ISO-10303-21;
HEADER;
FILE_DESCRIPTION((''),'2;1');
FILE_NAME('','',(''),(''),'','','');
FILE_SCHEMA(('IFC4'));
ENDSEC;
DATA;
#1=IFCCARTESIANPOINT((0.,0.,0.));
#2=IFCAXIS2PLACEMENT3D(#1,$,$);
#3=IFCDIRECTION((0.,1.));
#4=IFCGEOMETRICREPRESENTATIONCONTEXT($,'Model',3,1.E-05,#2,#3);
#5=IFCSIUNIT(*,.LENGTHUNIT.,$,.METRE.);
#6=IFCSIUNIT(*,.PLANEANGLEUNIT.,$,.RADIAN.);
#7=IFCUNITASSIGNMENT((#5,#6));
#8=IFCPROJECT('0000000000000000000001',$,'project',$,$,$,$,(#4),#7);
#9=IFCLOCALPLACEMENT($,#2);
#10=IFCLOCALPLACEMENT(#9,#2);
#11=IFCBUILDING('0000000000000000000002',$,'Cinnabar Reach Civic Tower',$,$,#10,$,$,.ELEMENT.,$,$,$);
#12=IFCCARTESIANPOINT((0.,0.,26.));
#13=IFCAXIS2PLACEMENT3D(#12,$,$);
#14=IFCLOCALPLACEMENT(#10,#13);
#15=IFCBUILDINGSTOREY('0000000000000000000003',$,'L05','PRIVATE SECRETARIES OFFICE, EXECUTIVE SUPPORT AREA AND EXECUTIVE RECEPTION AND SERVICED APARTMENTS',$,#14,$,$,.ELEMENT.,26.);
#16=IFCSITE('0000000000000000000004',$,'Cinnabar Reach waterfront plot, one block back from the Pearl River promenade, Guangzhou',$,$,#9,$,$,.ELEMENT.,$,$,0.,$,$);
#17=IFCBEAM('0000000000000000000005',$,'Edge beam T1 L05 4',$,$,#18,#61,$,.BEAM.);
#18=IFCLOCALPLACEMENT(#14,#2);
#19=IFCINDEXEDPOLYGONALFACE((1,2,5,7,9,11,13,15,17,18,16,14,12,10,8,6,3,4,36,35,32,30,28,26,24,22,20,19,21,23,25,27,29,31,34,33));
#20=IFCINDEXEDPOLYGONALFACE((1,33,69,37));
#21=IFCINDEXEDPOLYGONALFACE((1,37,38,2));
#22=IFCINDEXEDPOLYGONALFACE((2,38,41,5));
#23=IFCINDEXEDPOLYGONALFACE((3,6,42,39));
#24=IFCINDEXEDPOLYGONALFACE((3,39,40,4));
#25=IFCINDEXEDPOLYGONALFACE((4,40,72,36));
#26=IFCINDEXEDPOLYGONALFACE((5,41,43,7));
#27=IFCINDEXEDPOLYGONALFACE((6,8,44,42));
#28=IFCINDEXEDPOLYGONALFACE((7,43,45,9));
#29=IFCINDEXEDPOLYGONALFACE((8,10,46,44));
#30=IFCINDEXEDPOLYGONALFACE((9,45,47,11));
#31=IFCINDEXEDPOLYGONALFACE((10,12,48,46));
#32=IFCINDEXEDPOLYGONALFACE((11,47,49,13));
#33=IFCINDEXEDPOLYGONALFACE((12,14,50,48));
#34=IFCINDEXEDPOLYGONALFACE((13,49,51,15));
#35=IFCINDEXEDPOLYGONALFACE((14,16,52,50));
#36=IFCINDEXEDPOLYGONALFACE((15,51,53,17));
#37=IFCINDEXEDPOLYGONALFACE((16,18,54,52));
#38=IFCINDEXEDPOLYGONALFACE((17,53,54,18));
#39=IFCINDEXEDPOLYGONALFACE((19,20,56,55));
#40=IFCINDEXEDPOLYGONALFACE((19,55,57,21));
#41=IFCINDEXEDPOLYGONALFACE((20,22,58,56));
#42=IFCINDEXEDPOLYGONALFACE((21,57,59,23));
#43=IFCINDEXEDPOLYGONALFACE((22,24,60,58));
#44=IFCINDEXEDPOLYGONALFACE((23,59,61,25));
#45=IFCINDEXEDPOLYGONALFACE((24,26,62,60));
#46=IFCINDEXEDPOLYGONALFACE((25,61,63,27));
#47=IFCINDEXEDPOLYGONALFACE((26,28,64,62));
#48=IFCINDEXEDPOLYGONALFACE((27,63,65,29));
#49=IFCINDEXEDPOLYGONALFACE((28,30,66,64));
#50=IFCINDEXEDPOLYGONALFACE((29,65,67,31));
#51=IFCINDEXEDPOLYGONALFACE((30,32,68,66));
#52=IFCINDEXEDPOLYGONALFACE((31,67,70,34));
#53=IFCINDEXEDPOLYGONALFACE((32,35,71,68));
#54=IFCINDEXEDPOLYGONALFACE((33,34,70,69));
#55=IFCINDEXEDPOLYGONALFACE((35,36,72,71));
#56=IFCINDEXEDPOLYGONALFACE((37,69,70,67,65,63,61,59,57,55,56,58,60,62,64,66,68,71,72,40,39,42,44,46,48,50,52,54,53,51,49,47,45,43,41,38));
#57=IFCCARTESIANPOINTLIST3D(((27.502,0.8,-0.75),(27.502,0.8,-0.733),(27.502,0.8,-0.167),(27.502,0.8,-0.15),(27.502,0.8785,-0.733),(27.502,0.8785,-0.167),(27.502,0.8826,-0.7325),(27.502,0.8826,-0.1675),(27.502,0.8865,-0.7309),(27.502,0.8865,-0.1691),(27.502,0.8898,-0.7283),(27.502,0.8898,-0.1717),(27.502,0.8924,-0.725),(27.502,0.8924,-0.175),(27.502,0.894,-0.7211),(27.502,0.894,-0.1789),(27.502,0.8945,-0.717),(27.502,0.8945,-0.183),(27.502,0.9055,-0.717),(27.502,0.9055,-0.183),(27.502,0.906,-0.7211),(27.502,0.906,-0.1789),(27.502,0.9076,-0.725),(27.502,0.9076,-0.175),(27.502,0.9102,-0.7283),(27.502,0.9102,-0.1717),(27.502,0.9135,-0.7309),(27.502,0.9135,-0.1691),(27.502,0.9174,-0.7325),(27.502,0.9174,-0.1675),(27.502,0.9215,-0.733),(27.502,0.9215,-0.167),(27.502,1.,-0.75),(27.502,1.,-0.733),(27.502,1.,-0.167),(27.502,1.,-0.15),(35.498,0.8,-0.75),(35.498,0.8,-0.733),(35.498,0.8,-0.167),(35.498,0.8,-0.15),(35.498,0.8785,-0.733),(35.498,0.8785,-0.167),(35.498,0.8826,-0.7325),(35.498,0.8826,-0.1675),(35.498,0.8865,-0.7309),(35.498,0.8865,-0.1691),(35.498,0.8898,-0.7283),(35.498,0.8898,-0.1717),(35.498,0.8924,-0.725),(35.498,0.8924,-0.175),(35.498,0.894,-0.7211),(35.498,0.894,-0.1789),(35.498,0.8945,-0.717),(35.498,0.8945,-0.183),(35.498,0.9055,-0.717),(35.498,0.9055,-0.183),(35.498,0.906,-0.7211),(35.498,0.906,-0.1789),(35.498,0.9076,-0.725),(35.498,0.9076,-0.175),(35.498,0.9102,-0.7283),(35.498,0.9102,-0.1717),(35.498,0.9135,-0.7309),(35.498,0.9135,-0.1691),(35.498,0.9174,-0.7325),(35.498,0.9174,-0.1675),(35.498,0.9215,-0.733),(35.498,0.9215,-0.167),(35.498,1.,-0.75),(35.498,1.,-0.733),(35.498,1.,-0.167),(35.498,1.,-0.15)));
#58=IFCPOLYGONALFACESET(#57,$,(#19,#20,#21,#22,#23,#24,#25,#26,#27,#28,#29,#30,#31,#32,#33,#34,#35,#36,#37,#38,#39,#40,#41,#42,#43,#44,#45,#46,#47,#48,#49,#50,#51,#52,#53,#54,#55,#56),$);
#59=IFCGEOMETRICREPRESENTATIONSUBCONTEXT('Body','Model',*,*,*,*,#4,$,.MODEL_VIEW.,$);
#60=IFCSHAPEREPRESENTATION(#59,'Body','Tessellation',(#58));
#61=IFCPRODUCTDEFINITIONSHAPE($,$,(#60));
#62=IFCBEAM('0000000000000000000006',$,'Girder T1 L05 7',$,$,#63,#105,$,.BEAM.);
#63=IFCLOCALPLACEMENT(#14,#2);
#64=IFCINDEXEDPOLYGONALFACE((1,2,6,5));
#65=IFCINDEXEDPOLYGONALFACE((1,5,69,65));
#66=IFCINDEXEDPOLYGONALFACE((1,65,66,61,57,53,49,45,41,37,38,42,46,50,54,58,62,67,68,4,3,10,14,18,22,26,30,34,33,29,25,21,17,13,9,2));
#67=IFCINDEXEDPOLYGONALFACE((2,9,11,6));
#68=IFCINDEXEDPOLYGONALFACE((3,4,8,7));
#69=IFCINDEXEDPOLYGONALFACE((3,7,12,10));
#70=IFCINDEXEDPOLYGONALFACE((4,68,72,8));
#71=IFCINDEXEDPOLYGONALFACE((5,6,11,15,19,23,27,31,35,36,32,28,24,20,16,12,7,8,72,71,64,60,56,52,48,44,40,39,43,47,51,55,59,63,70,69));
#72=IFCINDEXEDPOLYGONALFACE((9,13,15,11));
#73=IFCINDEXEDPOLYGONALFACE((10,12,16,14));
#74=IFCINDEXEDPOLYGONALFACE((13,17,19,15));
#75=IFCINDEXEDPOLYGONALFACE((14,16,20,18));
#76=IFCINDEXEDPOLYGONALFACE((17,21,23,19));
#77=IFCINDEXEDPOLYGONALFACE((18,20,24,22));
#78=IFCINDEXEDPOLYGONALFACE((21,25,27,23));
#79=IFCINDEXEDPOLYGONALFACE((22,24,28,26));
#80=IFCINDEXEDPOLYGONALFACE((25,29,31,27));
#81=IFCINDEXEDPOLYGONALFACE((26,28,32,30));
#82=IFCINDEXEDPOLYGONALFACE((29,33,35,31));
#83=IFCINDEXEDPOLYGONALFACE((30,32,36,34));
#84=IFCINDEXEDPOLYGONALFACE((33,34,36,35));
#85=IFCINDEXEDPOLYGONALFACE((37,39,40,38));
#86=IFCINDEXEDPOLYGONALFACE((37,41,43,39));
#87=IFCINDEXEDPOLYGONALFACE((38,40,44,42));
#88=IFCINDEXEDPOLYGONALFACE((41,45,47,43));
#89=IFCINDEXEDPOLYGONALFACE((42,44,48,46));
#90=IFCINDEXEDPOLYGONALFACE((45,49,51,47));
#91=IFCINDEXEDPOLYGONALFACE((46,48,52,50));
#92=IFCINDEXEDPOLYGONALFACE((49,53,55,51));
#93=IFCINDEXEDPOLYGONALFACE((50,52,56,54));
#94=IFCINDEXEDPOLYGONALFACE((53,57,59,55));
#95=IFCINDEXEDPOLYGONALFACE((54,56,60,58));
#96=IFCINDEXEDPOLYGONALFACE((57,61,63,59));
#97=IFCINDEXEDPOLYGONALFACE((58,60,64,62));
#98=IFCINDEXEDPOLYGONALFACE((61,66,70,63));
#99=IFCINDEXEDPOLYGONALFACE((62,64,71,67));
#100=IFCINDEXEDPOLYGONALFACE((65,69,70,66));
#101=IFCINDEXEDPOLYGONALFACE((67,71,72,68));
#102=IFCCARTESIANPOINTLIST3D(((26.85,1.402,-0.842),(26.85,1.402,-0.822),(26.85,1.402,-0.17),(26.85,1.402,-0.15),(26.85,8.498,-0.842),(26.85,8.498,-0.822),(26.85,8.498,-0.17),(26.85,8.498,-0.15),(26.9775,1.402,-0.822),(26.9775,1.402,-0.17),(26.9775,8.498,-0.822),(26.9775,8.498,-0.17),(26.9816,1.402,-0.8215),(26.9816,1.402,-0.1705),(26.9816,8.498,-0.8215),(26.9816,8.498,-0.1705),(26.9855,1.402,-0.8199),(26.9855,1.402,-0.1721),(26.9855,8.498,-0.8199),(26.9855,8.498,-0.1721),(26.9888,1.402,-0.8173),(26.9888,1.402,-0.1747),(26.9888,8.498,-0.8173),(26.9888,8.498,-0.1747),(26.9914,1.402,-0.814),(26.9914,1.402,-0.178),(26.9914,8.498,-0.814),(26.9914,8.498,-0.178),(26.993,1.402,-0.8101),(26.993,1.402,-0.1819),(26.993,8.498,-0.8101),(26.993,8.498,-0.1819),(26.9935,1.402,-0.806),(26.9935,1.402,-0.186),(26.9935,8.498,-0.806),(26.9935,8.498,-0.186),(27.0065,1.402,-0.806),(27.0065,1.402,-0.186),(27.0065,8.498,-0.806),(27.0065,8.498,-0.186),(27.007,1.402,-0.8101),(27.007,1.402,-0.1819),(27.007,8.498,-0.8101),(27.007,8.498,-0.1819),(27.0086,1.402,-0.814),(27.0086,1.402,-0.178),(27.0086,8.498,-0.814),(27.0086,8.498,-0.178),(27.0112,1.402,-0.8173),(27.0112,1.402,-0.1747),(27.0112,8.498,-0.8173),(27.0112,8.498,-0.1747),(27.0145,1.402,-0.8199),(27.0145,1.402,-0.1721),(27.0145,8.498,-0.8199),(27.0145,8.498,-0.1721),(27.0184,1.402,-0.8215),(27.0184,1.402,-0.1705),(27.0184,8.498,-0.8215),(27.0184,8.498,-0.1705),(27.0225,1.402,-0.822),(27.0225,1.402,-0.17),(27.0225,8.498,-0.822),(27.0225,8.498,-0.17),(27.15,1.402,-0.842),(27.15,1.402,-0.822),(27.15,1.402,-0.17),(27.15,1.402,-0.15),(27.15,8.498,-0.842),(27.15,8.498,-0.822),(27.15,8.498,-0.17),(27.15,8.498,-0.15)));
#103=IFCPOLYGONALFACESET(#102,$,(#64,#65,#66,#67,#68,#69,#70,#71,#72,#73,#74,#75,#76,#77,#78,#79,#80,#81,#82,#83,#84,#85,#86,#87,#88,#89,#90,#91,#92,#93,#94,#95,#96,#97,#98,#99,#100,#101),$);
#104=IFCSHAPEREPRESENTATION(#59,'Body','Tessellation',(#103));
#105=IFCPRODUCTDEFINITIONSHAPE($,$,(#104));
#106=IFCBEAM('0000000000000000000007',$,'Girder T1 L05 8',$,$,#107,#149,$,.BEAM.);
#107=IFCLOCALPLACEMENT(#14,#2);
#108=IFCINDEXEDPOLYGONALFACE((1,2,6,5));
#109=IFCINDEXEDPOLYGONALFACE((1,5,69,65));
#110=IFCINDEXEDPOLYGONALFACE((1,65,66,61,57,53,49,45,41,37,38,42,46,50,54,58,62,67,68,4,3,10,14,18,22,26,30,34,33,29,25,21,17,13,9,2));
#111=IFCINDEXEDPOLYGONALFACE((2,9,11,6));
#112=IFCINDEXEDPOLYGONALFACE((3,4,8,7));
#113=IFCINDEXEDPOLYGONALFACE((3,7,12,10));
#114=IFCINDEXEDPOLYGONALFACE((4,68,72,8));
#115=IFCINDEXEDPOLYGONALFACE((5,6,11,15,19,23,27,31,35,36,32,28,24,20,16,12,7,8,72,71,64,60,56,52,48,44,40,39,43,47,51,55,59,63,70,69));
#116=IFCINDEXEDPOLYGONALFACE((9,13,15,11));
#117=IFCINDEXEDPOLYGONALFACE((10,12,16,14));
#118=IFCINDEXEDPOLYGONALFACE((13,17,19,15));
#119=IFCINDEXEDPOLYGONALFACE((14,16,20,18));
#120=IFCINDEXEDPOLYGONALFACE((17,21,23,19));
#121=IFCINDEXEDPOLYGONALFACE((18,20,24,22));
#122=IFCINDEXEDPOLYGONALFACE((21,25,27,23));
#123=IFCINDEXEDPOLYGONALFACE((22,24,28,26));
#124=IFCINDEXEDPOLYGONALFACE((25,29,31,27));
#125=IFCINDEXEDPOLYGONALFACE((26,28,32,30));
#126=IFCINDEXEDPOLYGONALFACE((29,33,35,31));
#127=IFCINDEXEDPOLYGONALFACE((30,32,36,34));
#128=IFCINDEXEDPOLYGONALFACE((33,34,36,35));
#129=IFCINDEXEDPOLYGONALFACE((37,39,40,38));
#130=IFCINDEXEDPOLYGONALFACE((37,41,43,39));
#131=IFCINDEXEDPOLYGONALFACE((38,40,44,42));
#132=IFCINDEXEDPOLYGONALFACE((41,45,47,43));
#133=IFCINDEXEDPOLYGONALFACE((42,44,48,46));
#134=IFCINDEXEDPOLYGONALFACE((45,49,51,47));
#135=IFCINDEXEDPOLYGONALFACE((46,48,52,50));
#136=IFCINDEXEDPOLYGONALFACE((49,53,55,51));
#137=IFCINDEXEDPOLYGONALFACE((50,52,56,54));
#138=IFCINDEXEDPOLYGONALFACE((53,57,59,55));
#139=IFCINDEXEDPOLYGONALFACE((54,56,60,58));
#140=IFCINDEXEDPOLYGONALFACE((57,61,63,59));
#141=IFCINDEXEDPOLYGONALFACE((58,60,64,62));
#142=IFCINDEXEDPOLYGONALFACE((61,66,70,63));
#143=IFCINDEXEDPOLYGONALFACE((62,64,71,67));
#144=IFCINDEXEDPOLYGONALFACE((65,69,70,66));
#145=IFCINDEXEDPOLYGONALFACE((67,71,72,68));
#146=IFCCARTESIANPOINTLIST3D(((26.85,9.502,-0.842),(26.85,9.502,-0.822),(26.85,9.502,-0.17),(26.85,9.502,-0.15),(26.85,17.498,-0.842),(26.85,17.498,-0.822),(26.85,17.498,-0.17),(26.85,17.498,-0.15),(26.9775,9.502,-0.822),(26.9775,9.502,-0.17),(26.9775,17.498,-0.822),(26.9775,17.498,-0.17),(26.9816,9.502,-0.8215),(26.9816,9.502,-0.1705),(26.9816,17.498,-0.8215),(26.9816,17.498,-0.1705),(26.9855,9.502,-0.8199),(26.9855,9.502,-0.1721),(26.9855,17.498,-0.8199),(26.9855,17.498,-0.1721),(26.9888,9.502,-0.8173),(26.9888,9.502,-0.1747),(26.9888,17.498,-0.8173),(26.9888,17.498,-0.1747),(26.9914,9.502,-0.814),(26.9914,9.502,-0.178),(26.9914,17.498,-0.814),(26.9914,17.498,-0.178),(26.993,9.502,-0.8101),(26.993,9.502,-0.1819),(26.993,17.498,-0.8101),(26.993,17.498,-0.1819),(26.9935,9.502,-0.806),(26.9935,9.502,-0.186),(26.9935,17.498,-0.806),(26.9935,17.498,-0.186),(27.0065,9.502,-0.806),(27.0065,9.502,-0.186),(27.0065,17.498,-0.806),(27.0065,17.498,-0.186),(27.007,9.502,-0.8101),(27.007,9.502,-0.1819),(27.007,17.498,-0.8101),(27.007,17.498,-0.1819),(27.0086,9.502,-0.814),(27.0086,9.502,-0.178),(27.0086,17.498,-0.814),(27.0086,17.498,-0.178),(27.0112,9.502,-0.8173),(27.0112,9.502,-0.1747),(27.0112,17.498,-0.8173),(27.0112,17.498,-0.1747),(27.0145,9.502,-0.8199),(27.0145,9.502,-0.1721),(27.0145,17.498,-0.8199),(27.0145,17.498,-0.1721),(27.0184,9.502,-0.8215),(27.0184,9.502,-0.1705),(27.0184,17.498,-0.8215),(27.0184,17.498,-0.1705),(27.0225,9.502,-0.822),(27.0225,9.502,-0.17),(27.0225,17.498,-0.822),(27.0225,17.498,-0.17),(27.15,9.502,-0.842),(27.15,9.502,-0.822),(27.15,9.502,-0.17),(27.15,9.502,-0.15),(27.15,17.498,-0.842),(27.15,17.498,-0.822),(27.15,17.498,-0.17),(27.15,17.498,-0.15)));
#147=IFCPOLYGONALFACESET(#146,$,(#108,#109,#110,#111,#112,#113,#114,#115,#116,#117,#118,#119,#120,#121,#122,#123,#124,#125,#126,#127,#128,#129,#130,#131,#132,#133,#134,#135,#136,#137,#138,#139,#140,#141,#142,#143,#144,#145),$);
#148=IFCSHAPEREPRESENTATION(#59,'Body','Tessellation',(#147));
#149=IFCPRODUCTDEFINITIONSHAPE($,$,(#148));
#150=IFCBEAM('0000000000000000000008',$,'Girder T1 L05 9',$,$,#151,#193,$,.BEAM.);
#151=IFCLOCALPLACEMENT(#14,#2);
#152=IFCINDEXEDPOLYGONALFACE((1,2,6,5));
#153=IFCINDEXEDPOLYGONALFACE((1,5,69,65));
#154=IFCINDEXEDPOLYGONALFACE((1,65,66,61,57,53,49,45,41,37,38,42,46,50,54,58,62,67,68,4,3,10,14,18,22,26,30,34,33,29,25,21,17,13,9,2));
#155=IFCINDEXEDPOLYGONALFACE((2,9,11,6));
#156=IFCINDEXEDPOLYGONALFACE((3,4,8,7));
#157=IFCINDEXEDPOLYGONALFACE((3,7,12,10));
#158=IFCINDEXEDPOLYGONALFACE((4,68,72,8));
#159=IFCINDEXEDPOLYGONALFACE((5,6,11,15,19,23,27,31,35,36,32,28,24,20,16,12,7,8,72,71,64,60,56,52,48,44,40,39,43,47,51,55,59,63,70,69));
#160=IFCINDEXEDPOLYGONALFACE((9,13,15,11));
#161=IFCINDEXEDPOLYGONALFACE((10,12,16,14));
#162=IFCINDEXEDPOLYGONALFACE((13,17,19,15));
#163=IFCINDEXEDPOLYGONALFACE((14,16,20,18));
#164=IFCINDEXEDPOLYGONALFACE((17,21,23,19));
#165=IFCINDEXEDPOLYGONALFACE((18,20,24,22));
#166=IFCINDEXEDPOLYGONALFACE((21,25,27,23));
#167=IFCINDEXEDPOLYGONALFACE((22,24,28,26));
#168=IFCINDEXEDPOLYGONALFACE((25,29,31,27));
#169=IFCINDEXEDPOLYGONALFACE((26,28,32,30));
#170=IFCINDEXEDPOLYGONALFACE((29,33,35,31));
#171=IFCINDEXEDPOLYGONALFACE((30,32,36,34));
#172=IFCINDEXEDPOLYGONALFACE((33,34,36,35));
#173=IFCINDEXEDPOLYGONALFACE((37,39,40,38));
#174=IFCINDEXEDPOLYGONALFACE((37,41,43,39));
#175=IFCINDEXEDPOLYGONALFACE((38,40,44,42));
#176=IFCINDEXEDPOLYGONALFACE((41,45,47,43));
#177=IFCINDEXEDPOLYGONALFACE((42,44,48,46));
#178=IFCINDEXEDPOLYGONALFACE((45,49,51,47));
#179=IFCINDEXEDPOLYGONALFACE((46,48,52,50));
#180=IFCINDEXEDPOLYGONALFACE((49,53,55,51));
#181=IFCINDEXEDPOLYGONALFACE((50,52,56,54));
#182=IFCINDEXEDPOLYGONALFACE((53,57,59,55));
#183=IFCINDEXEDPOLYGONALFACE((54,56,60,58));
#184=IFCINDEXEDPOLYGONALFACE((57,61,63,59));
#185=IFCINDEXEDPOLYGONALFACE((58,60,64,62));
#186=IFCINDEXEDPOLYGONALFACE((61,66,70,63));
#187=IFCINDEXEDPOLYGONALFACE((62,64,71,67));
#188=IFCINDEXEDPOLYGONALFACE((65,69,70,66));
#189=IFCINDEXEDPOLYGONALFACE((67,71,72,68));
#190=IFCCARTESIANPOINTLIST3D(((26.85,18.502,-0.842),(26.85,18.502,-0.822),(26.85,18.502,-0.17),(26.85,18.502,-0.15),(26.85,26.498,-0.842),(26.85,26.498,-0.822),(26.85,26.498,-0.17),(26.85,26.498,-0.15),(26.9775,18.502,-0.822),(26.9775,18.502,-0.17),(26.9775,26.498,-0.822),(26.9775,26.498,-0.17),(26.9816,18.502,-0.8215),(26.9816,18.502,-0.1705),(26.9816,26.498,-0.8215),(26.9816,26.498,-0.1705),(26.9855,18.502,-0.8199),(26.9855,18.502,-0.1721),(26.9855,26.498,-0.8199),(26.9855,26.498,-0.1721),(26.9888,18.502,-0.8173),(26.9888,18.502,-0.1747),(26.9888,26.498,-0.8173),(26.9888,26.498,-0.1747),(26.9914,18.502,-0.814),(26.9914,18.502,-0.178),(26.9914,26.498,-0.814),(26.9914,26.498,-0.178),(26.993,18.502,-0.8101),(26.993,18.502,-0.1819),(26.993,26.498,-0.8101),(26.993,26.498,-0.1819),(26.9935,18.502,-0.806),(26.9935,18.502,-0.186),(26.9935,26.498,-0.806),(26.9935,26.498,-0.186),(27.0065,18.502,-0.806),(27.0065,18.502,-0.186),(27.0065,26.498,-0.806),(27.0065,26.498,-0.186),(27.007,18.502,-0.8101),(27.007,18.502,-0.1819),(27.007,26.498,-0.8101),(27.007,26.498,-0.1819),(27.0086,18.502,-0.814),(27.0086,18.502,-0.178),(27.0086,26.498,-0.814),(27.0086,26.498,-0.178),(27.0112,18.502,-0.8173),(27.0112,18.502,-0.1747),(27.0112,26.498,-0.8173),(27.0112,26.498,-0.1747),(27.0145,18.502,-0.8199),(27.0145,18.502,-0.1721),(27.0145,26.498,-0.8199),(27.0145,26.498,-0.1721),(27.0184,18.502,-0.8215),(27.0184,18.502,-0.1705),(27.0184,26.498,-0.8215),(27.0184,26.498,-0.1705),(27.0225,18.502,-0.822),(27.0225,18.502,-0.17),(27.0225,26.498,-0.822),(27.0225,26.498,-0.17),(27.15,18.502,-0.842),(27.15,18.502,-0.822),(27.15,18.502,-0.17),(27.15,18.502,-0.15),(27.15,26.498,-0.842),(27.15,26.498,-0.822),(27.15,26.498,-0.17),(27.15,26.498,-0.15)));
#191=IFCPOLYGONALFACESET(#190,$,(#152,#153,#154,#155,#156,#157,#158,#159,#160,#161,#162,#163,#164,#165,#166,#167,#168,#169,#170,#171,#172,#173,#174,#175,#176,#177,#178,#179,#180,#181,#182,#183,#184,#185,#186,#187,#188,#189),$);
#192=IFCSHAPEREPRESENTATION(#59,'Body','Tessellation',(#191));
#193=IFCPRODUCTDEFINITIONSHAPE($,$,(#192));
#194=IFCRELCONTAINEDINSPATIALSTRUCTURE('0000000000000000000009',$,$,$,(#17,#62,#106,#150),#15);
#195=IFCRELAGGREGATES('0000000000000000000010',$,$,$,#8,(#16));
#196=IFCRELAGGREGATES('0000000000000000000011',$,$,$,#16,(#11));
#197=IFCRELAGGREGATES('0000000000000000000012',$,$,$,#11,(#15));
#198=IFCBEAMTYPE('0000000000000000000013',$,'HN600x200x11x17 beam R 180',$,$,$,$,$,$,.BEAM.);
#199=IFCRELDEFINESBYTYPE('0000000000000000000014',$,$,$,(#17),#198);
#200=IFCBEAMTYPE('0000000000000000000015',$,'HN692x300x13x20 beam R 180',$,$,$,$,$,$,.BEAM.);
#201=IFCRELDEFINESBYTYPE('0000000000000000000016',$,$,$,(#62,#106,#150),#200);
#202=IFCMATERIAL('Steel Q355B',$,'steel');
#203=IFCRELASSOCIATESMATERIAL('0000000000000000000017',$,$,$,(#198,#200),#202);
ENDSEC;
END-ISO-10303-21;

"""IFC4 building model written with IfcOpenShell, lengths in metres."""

from ifc_helpers import new_model, si_unit, direction, frame, origin, origin_2d, place, context, subcontext, project, spatial, i_section, extrude, material, material_profile, profile_set, type_object, element, save


model = new_model("IFC4")

# Units and contexts
model_context = context("Model", 3, precision=1e-05, world=origin(), true_north=direction((0.0, 1.0)))
body_context = subcontext(model_context, "Body", "Model", "MODEL_VIEW")
ifc_project = project(units=[si_unit("LENGTHUNIT", "METRE"), si_unit("PLANEANGLEUNIT", "RADIAN")], contexts=[model_context])

# Site, building, storey
site_placement = place(None, origin())
site = spatial("IfcSite", under=ifc_project, at=site_placement, Name="Cinnabar Reach waterfront plot, one block back from the Pearl River promenade, Guangzhou", CompositionType="ELEMENT", RefElevation=0.0)
building_placement = place(site_placement, origin())
building = spatial("IfcBuilding", under=site, at=building_placement, Name="Cinnabar Reach Civic Tower", CompositionType="ELEMENT")
storey_placement = place(building_placement, frame((0.0, 0.0, 26.0)))
storey = spatial("IfcBuildingStorey", under=building, at=storey_placement, Name="L05", Description="PRIVATE SECRETARIES OFFICE, EXECUTIVE SUPPORT AREA AND EXECUTIVE RECEPTION AND SERVICED APARTMENTS", CompositionType="ELEMENT", Elevation=26.0)

# Beams
ifc_material_1 = material(Name="Steel Q355B", Category="steel")
ifc_material_profile_1 = material_profile(ifc_material_1, i_section(OverallWidth=0.2, OverallDepth=0.6, WebThickness=0.011, FlangeThickness=0.017, FilletRadius=0.016, at=origin_2d()), Name="HN600x200x11x17")
ifc_profile_set_1 = profile_set([ifc_material_profile_1], Name="Steel Q355B")
beam_type_1 = type_object("IfcBeamType", Name="HN600x200x11x17 beam R 180", PredefinedType="BEAM", material=ifc_profile_set_1)
beam_1_placement = place(storey_placement, frame((27.502, 0.9, -0.45), z_axis=(1.0, 0.0, 0.0), x_axis=(0.0, 1.0, 0.0)))
element("IfcBeam", 1, at=beam_1_placement, inside=storey, type_object=beam_type_1, Name="Edge beam T1 L05 4", PredefinedType="BEAM", context=body_context, shape_type="SweptSolid", body=[
    extrude(i_section(OverallWidth=0.2, OverallDepth=0.6, WebThickness=0.011, FlangeThickness=0.017, FilletRadius=0.016, at=origin_2d()), origin(), (0.0, 0.0, 1.0), 7.996),
])
ifc_material_profile_2 = material_profile(ifc_material_1, i_section(OverallWidth=0.3, OverallDepth=0.692, WebThickness=0.013, FlangeThickness=0.02, FilletRadius=0.016, at=origin_2d()), Name="HN692x300x13x20")
ifc_profile_set_2 = profile_set([ifc_material_profile_2], Name="Steel Q355B")
beam_type_2 = type_object("IfcBeamType", Name="HN692x300x13x20 beam R 180", PredefinedType="BEAM", material=ifc_profile_set_2)
beam_2_placement = place(storey_placement, frame((27.0, 1.402, -0.496), z_axis=(0.0, 1.0, 0.0), x_axis=(-1.0, 0.0, 0.0)))
element("IfcBeam", 2, at=beam_2_placement, inside=storey, type_object=beam_type_2, Name="Girder T1 L05 7", PredefinedType="BEAM", context=body_context, shape_type="SweptSolid", body=[
    extrude(i_section(OverallWidth=0.3, OverallDepth=0.692, WebThickness=0.013, FlangeThickness=0.02, FilletRadius=0.016, at=origin_2d()), origin(), (0.0, 0.0, 1.0), 7.096),
])
for number, where, z_axis, x_axis, name in (
    (3, (27.0, 9.502, -0.496), (0.0, 1.0, 0.0), (-1.0, 0.0, 0.0), "Girder T1 L05 8"),
    (4, (27.0, 18.502, -0.496), (0.0, 1.0, 0.0), (-1.0, 0.0, 0.0), "Girder T1 L05 9"),
):
    element("IfcBeam", number, at=place(storey_placement, frame(where, z_axis=z_axis, x_axis=x_axis)), inside=storey, type_object=beam_type_2, Name=name, PredefinedType="BEAM", context=body_context, shape_type="SweptSolid", body=[
        extrude(i_section(OverallWidth=0.3, OverallDepth=0.692, WebThickness=0.013, FlangeThickness=0.02, FilletRadius=0.016, at=origin_2d()), origin(), (0.0, 0.0, 1.0), 7.996),
    ])

save(model, "model.ifc")
